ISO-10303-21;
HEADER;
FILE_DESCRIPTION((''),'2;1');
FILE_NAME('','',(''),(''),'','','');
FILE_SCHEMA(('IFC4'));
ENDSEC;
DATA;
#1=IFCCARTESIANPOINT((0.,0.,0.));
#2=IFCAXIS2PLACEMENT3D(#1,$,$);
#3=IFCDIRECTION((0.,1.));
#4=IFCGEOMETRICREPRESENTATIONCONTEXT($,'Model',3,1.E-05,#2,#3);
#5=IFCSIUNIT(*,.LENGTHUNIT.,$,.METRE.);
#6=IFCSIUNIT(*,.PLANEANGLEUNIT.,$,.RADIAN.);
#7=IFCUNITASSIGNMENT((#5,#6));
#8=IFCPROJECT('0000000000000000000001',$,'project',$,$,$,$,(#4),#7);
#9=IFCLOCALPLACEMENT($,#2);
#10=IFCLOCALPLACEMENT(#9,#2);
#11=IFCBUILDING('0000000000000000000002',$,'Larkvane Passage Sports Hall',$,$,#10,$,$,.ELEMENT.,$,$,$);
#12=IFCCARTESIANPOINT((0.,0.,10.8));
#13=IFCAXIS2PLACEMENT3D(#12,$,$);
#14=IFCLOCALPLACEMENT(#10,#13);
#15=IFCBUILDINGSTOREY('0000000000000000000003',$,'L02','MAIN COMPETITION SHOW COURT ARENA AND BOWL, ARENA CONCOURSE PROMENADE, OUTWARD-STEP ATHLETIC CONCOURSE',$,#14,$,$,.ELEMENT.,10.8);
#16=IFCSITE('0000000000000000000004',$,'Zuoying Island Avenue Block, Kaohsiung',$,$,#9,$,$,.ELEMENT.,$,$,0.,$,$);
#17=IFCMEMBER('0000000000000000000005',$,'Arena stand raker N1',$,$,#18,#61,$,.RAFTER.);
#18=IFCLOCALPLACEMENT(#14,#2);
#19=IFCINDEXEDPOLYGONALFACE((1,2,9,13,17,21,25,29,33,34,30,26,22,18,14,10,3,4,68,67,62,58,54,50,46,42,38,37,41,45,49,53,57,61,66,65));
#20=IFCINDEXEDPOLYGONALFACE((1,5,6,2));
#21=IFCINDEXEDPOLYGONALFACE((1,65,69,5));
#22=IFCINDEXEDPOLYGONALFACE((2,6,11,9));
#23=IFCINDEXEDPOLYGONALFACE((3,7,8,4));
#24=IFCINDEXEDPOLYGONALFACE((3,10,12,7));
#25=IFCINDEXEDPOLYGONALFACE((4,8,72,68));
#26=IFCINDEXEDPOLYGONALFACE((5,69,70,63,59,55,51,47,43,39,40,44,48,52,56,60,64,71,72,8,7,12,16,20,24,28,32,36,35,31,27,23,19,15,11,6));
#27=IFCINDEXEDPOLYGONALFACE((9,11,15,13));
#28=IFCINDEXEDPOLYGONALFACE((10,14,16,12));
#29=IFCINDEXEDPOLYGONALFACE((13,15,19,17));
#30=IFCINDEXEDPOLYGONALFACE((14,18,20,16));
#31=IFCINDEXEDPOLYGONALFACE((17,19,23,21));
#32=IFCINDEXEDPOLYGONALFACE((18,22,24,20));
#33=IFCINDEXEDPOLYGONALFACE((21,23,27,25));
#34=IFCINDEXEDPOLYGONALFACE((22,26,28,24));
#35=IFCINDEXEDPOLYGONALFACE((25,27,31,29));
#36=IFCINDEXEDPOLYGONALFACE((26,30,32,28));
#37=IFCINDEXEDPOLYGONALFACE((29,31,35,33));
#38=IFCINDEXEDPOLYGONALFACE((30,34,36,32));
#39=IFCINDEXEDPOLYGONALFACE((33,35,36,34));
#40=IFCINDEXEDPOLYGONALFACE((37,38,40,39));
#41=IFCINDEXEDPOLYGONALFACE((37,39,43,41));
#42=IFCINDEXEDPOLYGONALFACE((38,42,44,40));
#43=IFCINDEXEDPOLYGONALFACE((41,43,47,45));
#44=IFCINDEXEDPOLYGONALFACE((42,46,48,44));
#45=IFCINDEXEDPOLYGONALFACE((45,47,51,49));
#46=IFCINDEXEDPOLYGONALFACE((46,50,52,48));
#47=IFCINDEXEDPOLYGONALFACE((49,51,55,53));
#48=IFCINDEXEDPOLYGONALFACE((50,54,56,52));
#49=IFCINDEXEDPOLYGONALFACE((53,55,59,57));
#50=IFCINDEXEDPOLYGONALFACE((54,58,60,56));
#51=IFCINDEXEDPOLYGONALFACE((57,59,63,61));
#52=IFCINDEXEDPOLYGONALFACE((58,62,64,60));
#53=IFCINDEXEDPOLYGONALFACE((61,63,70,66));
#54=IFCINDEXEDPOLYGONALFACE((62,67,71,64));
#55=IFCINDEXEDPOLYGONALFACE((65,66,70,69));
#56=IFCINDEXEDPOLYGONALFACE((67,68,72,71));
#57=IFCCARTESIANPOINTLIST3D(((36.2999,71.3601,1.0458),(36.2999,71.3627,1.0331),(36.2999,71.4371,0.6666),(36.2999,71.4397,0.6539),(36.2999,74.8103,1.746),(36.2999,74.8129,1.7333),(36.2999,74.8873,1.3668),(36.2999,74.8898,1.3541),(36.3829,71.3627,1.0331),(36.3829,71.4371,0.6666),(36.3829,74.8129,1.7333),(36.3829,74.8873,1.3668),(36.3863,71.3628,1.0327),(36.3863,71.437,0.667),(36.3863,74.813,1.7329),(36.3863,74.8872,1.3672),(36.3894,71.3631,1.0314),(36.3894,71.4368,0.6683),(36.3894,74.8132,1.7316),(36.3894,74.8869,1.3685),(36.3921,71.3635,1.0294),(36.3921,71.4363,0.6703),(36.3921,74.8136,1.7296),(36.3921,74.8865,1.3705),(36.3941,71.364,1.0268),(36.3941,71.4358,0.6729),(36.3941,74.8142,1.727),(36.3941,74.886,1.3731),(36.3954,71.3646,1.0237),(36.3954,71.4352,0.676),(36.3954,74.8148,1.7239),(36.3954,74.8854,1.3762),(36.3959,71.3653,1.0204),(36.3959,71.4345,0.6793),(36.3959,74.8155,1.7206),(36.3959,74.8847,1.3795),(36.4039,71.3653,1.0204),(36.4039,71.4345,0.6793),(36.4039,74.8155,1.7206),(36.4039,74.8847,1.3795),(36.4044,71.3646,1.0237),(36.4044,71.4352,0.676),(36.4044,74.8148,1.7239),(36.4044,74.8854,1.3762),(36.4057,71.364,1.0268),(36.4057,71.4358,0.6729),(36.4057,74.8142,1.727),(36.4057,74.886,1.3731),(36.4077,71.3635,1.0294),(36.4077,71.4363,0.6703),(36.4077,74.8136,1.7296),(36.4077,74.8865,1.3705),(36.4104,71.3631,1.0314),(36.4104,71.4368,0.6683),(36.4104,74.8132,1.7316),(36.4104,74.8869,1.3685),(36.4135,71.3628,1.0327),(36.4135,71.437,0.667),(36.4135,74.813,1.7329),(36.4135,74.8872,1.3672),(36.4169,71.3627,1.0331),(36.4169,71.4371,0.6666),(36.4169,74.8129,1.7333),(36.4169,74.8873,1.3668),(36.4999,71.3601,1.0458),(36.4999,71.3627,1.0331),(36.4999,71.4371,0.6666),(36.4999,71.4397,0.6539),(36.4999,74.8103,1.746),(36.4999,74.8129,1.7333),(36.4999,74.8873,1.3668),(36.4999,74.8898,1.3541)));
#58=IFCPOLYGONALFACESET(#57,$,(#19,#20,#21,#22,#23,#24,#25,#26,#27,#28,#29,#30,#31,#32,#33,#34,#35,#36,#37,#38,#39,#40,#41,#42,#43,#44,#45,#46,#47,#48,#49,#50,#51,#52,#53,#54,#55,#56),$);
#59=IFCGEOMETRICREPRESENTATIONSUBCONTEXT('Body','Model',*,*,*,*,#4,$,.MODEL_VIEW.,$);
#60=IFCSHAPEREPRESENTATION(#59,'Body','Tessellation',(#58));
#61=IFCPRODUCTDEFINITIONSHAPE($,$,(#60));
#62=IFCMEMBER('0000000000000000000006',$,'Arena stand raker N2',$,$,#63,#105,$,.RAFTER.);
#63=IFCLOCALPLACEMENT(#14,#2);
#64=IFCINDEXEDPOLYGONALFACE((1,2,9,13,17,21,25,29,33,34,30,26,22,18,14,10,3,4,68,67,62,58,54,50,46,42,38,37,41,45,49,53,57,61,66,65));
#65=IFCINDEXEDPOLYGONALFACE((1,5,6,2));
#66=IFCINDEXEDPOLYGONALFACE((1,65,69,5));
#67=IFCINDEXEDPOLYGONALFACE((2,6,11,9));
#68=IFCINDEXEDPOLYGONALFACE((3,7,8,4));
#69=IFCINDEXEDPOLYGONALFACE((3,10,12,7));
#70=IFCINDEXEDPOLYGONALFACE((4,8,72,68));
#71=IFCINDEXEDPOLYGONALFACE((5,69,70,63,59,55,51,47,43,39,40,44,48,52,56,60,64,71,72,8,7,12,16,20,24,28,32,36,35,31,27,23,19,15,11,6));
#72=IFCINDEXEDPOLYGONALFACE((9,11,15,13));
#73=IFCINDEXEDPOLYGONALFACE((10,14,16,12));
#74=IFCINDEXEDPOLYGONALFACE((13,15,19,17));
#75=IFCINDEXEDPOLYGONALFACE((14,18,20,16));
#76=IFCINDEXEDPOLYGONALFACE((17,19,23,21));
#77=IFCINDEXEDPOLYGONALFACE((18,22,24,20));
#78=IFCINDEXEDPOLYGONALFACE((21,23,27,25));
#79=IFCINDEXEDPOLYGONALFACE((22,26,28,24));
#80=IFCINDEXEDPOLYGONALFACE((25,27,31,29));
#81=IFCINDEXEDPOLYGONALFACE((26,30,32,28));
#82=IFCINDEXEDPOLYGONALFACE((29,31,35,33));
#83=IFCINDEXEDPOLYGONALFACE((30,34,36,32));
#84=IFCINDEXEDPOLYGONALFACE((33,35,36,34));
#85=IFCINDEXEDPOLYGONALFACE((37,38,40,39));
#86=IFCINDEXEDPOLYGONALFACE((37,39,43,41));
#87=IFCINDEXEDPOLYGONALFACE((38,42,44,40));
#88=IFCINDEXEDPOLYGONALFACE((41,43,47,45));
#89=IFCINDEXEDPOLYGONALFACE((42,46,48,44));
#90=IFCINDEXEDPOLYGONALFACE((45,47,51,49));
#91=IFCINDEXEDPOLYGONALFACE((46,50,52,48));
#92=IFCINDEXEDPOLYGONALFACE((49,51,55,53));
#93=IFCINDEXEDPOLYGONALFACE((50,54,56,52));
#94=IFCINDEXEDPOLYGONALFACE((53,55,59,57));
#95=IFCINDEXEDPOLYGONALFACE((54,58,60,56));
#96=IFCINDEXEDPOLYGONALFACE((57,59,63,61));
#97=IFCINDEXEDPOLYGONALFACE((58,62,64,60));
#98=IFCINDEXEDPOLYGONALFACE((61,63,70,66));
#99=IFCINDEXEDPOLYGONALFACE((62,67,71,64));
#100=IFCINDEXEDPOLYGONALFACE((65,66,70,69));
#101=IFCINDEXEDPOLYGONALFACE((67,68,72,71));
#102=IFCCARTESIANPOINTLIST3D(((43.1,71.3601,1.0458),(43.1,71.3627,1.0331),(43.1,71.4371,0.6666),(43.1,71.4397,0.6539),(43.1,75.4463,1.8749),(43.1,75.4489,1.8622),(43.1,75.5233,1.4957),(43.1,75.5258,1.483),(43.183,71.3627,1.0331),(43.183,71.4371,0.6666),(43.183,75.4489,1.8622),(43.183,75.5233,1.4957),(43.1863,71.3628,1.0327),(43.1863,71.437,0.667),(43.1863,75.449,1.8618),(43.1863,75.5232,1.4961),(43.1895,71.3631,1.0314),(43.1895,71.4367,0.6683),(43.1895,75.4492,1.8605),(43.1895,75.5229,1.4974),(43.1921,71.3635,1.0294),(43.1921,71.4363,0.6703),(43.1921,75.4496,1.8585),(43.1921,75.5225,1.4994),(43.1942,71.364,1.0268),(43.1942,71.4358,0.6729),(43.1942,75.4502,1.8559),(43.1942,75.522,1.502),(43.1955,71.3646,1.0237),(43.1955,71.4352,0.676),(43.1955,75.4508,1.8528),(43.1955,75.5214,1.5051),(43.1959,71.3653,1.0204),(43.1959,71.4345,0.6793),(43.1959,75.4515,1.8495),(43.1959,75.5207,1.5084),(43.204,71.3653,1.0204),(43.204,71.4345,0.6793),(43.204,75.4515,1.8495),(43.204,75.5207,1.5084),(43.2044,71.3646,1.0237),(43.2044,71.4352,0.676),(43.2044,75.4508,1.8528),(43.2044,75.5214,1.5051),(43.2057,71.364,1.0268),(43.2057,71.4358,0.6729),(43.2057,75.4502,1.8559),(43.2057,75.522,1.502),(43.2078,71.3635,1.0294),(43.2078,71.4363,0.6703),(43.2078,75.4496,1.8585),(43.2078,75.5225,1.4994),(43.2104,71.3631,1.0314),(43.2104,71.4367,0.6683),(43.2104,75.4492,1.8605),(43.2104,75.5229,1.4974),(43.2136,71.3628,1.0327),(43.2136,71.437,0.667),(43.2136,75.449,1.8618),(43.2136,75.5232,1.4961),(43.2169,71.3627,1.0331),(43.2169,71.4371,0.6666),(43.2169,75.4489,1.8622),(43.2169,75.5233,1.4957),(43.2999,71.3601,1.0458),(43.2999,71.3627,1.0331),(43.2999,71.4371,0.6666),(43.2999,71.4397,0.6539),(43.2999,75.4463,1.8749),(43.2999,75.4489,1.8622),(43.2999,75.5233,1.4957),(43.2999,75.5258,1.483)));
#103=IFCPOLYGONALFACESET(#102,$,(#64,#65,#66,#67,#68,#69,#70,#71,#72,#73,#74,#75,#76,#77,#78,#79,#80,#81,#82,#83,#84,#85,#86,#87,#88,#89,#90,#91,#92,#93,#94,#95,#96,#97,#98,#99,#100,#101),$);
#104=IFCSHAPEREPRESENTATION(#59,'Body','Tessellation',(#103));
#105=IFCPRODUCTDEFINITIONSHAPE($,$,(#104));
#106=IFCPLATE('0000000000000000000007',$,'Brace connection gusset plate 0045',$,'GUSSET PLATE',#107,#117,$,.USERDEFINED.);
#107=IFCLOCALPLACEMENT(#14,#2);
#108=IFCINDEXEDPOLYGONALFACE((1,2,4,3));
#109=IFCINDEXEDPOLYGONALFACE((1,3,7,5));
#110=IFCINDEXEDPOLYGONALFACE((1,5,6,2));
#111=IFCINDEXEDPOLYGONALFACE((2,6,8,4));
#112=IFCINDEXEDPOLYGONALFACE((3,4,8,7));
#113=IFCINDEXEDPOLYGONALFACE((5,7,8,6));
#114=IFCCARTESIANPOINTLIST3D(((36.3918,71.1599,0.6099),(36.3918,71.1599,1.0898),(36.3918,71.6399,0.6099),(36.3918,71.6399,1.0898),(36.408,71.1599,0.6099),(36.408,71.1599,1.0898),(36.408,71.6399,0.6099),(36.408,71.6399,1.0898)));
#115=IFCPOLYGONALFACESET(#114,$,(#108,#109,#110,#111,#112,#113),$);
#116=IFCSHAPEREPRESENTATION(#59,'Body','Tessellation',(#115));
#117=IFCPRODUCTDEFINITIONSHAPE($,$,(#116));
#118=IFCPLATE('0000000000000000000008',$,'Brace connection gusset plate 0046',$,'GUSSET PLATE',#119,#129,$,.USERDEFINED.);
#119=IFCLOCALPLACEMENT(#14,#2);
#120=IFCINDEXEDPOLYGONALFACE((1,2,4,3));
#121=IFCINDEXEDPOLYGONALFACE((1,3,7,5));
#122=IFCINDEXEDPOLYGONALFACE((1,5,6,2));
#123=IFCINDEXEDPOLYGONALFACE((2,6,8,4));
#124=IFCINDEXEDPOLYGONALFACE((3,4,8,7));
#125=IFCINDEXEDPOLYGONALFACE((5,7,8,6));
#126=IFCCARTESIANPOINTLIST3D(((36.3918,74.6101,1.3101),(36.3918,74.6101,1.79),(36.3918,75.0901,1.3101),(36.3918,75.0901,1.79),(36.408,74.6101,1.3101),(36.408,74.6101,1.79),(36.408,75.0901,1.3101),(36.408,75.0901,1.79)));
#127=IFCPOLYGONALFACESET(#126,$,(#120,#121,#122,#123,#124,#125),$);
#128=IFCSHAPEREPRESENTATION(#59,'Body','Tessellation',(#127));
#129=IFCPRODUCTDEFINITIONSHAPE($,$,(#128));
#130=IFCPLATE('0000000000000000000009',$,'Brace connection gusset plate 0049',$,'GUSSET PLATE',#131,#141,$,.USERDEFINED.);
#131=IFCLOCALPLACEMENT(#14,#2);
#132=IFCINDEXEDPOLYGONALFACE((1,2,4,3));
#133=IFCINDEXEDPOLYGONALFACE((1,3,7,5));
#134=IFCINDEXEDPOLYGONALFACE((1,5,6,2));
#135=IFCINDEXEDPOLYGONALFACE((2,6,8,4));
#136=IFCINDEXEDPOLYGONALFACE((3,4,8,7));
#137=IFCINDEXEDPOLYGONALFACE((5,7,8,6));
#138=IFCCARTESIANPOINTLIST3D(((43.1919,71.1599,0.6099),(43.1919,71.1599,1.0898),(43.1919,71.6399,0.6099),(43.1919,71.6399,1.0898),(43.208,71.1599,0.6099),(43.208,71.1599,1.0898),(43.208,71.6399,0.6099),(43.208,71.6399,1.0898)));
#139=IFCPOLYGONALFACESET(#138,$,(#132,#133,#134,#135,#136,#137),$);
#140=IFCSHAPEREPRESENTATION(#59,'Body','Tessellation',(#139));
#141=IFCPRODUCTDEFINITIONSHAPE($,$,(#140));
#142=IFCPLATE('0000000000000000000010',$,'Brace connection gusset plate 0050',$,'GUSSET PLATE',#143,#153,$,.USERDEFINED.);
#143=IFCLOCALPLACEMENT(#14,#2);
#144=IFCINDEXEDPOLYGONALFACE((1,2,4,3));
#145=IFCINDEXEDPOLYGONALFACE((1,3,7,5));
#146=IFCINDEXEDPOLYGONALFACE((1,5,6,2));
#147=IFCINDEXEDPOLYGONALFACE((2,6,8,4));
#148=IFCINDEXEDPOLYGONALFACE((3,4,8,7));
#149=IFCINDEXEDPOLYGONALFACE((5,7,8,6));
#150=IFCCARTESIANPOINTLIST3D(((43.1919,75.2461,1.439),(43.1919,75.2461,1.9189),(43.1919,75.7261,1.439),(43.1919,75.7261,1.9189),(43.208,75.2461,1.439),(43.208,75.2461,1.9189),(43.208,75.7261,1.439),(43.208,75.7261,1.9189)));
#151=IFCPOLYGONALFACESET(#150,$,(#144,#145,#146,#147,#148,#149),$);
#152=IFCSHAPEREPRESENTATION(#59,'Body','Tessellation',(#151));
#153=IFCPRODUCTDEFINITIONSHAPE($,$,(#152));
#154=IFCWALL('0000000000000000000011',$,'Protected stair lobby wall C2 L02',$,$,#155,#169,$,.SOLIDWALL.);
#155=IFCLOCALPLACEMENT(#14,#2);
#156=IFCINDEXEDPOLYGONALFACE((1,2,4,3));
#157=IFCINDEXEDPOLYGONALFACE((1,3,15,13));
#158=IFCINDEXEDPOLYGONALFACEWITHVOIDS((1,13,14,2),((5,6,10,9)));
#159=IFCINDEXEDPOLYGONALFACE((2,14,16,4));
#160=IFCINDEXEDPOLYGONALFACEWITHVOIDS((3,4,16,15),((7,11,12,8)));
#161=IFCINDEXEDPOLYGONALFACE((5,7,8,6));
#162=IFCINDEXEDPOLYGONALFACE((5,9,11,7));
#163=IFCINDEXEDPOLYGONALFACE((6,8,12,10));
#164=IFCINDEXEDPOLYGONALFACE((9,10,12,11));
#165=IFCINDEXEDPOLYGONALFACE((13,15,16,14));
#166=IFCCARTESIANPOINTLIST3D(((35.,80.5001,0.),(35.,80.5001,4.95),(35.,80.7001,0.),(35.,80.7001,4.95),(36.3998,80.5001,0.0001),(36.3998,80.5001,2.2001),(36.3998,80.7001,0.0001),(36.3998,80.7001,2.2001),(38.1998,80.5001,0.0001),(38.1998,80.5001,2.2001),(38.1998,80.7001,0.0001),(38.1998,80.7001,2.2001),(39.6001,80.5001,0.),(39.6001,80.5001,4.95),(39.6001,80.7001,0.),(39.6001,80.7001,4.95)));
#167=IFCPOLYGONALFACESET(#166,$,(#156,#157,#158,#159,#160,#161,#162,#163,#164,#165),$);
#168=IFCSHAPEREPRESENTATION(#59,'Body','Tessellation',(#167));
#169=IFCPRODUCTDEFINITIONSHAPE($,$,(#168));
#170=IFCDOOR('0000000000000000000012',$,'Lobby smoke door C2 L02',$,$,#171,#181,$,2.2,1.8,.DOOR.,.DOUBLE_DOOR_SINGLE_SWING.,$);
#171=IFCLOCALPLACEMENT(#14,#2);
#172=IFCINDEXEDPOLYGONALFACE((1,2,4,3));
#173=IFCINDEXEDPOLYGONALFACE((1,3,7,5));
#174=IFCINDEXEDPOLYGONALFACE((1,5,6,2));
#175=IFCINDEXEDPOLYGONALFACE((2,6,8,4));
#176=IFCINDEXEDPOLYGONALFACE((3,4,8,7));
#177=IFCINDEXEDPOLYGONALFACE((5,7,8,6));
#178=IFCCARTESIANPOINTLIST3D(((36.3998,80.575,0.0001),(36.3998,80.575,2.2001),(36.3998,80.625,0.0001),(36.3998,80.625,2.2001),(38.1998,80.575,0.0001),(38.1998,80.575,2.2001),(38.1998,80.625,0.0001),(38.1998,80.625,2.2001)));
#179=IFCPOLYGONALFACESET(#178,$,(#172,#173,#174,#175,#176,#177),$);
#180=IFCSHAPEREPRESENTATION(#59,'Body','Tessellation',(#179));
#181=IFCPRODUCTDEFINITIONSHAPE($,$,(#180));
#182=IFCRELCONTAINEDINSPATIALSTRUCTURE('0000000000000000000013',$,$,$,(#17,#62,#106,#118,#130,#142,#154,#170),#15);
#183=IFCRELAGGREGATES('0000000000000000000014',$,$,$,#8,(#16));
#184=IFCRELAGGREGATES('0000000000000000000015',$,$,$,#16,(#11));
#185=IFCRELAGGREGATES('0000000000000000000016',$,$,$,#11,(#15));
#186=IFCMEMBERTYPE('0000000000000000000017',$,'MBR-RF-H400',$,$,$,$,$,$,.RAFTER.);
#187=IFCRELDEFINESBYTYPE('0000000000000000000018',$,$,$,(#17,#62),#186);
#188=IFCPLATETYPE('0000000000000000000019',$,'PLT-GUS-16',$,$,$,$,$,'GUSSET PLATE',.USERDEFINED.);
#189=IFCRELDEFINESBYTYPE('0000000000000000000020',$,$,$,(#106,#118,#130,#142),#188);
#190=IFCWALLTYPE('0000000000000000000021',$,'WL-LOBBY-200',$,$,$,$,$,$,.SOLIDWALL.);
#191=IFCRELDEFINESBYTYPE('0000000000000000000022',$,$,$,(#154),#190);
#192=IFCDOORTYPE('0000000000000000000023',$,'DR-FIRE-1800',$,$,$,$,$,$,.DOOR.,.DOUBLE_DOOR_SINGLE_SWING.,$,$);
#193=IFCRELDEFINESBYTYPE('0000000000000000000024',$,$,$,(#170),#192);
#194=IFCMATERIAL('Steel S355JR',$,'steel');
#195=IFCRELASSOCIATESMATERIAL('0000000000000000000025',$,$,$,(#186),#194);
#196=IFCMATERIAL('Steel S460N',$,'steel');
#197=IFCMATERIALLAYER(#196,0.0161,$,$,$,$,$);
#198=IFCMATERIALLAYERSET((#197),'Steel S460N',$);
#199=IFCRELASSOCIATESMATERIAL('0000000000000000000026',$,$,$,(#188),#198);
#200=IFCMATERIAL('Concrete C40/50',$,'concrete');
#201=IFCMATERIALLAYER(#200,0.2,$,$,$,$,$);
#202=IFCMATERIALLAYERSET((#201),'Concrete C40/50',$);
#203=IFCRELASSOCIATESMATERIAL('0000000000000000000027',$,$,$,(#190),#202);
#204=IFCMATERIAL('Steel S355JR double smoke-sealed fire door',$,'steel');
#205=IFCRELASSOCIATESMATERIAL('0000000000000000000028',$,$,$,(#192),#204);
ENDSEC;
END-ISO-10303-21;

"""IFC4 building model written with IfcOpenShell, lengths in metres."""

from ifc_helpers import new_model, si_unit, direction, frame, frame_2d, origin, origin_2d, place, context, subcontext, project, spatial, rectangle, i_section, extrude, material, layer, layer_set, material_profile, profile_set, type_object, element, fill, save


model = new_model("IFC4")

# Units and contexts
model_context = context("Model", 3, precision=1e-05, world=origin(), true_north=direction((0.0, 1.0)))
body_context = subcontext(model_context, "Body", "Model", "MODEL_VIEW")
ifc_project = project(units=[si_unit("LENGTHUNIT", "METRE"), si_unit("PLANEANGLEUNIT", "RADIAN")], contexts=[model_context])

# Site, building, storey
site_placement = place(None, origin())
site = spatial("IfcSite", under=ifc_project, at=site_placement, Name="Zuoying Island Avenue Block, Kaohsiung", CompositionType="ELEMENT", RefElevation=0.0)
building_placement = place(site_placement, origin())
building = spatial("IfcBuilding", under=site, at=building_placement, Name="Larkvane Passage Sports Hall", CompositionType="ELEMENT")
storey_placement = place(building_placement, frame((0.0, 0.0, 10.8)))
storey = spatial("IfcBuildingStorey", under=building, at=storey_placement, Name="L02", Description="MAIN COMPETITION SHOW COURT ARENA AND BOWL, ARENA CONCOURSE PROMENADE, OUTWARD-STEP ATHLETIC CONCOURSE", CompositionType="ELEMENT", Elevation=10.8)

# Shared definitions
ifc_material_1 = material(Name="Steel S460N", Category="steel")

# Shared definitions
ifc_material_2 = material(Name="Steel S355JR", Category="steel")

# Members
ifc_material_profile_1 = material_profile(ifc_material_2, i_section(OverallWidth=0.2, OverallDepth=0.3999, WebThickness=0.0081, FlangeThickness=0.0129, FilletRadius=0.0129, at=origin_2d()), Name="H-400x200x8x13")
ifc_profile_set_1 = profile_set([ifc_material_profile_1], Name="Steel S355JR")
member_type = type_object("IfcMemberType", Name="MBR-RF-H400", PredefinedType="RAFTER", material=ifc_profile_set_1)
member_1_placement = place(storey_placement, frame((36.3999, 71.3999, 0.8499), z_axis=(0.0, 0.980022, 0.198889), x_axis=(-1.0, 0.0, 0.0)))
element("IfcMember", 1, at=member_1_placement, inside=storey, type_object=member_type, Name="Arena stand raker N1", PredefinedType="RAFTER", context=body_context, shape_type="SweptSolid", body=[
    extrude(i_section(OverallWidth=0.2, OverallDepth=0.3999, WebThickness=0.0081, FlangeThickness=0.0129, FilletRadius=0.0129, at=origin_2d()), origin(), (0.0, 0.0, 1.0), 3.5205),
])
member_2_placement = place(storey_placement, frame((43.2, 71.3999, 0.8499), z_axis=(0.0, 0.98003, 0.198852), x_axis=(-1.0, 0.0, 0.0)))
element("IfcMember", 2, at=member_2_placement, inside=storey, type_object=member_type, Name="Arena stand raker N2", PredefinedType="RAFTER", context=body_context, shape_type="SweptSolid", body=[
    extrude(i_section(OverallWidth=0.2, OverallDepth=0.3999, WebThickness=0.0081, FlangeThickness=0.0129, FilletRadius=0.0129, at=origin_2d()), origin(), (0.0, 0.0, 1.0), 4.1694),
])

# Plates
ifc_layer_1 = layer(ifc_material_1, 0.0161)
ifc_layer_set_1 = layer_set([ifc_layer_1], Name="Steel S460N")
plate_type = type_object("IfcPlateType", Name="PLT-GUS-16", ElementType="GUSSET PLATE", PredefinedType="USERDEFINED", material=ifc_layer_set_1)
for number, where, z_axis, x_axis, name in (
    (3, (36.3999, 71.3999, 0.6099), (0.0, 0.0, 1.0), (0.0, 1.0, 0.0), "Brace connection gusset plate 0045"),
    (4, (36.3999, 74.8501, 1.3101), (0.0, 0.0, 1.0), (0.0, 1.0, 0.0), "Brace connection gusset plate 0046"),
    (5, (43.2, 71.3999, 0.6099), (0.0, 0.0, 1.0), (0.0, 1.0, 0.0), "Brace connection gusset plate 0049"),
    (6, (43.2, 75.4861, 1.439), (0.0, 0.0, 1.0), (0.0, 1.0, 0.0), "Brace connection gusset plate 0050"),
):
    element("IfcPlate", number, at=place(storey_placement, frame(where, z_axis=z_axis, x_axis=x_axis)), inside=storey, type_object=plate_type, Name=name, ObjectType="GUSSET PLATE", PredefinedType="USERDEFINED", context=body_context, shape_type="SweptSolid", body=[
        extrude(rectangle(XDim=0.48, YDim=0.0161, at=origin_2d()), origin(), (0.0, 0.0, 1.0), 0.48),
    ])

# Wall, opening, door
ifc_material_3 = material(Name="Concrete C40/50", Category="concrete")
ifc_layer_2 = layer(ifc_material_3, 0.2)
ifc_layer_set_2 = layer_set([ifc_layer_2], Name="Concrete C40/50")
wall_type_1 = type_object("IfcWallType", Name="WL-LOBBY-200", PredefinedType="SOLIDWALL", material=ifc_layer_set_2)
wall_1_placement = place(storey_placement, frame((35.0, 80.6001, 0.0), z_axis=(0.0, 0.0, 1.0), x_axis=(1.0, 0.0, 0.0)))
wall_1 = element("IfcWall", 7, at=wall_1_placement, inside=storey, type_object=wall_type_1, Name="Protected stair lobby wall C2 L02", PredefinedType="SOLIDWALL", context=body_context, shape_type="SweptSolid", body=[
    extrude(rectangle(XDim=4.6001, YDim=0.2, at=frame_2d((2.3, 0.0))), origin(), (0.0, 0.0, 1.0), 4.95),
])
opening_1_placement = place(wall_1_placement, frame((1.3999, 0.0, 0.0)))
opening_1 = element("IfcOpeningElement", 8, at=opening_1_placement, cuts=wall_1, PredefinedType="OPENING", context=body_context, shape_type="SweptSolid", body=[
    extrude(rectangle(XDim=1.8, YDim=2.2, at=frame_2d((0.8999, 1.1001))), frame((0.0, 0.1099, 0.0), z_axis=(0.0, -1.0, 0.0), x_axis=(1.0, 0.0, 0.0)), (0.0, 0.0, 1.0), 0.22),
])
ifc_material_4 = material(Name="Steel S355JR double smoke-sealed fire door", Category="steel")
door_type_1 = type_object("IfcDoorType", Name="DR-FIRE-1800", OperationType="DOUBLE_DOOR_SINGLE_SWING", PredefinedType="DOOR", material=ifc_material_4)
door_1_placement = place(opening_1_placement, origin())
door_1 = element("IfcDoor", 9, at=door_1_placement, inside=storey, type_object=door_type_1, Name="Lobby smoke door C2 L02", OperationType="DOUBLE_DOOR_SINGLE_SWING", OverallHeight=2.2, OverallWidth=1.8, PredefinedType="DOOR", context=body_context, shape_type="SweptSolid", body=[
    extrude(rectangle(XDim=1.8, YDim=2.2, at=frame_2d((0.8999, 1.1001))), frame((0.0, 0.0249, 0.0), z_axis=(0.0, -1.0, 0.0), x_axis=(1.0, 0.0, 0.0)), (0.0, 0.0, 1.0), 0.05),
])
fill(opening_1, door_1)

save(model, "model.ifc")
